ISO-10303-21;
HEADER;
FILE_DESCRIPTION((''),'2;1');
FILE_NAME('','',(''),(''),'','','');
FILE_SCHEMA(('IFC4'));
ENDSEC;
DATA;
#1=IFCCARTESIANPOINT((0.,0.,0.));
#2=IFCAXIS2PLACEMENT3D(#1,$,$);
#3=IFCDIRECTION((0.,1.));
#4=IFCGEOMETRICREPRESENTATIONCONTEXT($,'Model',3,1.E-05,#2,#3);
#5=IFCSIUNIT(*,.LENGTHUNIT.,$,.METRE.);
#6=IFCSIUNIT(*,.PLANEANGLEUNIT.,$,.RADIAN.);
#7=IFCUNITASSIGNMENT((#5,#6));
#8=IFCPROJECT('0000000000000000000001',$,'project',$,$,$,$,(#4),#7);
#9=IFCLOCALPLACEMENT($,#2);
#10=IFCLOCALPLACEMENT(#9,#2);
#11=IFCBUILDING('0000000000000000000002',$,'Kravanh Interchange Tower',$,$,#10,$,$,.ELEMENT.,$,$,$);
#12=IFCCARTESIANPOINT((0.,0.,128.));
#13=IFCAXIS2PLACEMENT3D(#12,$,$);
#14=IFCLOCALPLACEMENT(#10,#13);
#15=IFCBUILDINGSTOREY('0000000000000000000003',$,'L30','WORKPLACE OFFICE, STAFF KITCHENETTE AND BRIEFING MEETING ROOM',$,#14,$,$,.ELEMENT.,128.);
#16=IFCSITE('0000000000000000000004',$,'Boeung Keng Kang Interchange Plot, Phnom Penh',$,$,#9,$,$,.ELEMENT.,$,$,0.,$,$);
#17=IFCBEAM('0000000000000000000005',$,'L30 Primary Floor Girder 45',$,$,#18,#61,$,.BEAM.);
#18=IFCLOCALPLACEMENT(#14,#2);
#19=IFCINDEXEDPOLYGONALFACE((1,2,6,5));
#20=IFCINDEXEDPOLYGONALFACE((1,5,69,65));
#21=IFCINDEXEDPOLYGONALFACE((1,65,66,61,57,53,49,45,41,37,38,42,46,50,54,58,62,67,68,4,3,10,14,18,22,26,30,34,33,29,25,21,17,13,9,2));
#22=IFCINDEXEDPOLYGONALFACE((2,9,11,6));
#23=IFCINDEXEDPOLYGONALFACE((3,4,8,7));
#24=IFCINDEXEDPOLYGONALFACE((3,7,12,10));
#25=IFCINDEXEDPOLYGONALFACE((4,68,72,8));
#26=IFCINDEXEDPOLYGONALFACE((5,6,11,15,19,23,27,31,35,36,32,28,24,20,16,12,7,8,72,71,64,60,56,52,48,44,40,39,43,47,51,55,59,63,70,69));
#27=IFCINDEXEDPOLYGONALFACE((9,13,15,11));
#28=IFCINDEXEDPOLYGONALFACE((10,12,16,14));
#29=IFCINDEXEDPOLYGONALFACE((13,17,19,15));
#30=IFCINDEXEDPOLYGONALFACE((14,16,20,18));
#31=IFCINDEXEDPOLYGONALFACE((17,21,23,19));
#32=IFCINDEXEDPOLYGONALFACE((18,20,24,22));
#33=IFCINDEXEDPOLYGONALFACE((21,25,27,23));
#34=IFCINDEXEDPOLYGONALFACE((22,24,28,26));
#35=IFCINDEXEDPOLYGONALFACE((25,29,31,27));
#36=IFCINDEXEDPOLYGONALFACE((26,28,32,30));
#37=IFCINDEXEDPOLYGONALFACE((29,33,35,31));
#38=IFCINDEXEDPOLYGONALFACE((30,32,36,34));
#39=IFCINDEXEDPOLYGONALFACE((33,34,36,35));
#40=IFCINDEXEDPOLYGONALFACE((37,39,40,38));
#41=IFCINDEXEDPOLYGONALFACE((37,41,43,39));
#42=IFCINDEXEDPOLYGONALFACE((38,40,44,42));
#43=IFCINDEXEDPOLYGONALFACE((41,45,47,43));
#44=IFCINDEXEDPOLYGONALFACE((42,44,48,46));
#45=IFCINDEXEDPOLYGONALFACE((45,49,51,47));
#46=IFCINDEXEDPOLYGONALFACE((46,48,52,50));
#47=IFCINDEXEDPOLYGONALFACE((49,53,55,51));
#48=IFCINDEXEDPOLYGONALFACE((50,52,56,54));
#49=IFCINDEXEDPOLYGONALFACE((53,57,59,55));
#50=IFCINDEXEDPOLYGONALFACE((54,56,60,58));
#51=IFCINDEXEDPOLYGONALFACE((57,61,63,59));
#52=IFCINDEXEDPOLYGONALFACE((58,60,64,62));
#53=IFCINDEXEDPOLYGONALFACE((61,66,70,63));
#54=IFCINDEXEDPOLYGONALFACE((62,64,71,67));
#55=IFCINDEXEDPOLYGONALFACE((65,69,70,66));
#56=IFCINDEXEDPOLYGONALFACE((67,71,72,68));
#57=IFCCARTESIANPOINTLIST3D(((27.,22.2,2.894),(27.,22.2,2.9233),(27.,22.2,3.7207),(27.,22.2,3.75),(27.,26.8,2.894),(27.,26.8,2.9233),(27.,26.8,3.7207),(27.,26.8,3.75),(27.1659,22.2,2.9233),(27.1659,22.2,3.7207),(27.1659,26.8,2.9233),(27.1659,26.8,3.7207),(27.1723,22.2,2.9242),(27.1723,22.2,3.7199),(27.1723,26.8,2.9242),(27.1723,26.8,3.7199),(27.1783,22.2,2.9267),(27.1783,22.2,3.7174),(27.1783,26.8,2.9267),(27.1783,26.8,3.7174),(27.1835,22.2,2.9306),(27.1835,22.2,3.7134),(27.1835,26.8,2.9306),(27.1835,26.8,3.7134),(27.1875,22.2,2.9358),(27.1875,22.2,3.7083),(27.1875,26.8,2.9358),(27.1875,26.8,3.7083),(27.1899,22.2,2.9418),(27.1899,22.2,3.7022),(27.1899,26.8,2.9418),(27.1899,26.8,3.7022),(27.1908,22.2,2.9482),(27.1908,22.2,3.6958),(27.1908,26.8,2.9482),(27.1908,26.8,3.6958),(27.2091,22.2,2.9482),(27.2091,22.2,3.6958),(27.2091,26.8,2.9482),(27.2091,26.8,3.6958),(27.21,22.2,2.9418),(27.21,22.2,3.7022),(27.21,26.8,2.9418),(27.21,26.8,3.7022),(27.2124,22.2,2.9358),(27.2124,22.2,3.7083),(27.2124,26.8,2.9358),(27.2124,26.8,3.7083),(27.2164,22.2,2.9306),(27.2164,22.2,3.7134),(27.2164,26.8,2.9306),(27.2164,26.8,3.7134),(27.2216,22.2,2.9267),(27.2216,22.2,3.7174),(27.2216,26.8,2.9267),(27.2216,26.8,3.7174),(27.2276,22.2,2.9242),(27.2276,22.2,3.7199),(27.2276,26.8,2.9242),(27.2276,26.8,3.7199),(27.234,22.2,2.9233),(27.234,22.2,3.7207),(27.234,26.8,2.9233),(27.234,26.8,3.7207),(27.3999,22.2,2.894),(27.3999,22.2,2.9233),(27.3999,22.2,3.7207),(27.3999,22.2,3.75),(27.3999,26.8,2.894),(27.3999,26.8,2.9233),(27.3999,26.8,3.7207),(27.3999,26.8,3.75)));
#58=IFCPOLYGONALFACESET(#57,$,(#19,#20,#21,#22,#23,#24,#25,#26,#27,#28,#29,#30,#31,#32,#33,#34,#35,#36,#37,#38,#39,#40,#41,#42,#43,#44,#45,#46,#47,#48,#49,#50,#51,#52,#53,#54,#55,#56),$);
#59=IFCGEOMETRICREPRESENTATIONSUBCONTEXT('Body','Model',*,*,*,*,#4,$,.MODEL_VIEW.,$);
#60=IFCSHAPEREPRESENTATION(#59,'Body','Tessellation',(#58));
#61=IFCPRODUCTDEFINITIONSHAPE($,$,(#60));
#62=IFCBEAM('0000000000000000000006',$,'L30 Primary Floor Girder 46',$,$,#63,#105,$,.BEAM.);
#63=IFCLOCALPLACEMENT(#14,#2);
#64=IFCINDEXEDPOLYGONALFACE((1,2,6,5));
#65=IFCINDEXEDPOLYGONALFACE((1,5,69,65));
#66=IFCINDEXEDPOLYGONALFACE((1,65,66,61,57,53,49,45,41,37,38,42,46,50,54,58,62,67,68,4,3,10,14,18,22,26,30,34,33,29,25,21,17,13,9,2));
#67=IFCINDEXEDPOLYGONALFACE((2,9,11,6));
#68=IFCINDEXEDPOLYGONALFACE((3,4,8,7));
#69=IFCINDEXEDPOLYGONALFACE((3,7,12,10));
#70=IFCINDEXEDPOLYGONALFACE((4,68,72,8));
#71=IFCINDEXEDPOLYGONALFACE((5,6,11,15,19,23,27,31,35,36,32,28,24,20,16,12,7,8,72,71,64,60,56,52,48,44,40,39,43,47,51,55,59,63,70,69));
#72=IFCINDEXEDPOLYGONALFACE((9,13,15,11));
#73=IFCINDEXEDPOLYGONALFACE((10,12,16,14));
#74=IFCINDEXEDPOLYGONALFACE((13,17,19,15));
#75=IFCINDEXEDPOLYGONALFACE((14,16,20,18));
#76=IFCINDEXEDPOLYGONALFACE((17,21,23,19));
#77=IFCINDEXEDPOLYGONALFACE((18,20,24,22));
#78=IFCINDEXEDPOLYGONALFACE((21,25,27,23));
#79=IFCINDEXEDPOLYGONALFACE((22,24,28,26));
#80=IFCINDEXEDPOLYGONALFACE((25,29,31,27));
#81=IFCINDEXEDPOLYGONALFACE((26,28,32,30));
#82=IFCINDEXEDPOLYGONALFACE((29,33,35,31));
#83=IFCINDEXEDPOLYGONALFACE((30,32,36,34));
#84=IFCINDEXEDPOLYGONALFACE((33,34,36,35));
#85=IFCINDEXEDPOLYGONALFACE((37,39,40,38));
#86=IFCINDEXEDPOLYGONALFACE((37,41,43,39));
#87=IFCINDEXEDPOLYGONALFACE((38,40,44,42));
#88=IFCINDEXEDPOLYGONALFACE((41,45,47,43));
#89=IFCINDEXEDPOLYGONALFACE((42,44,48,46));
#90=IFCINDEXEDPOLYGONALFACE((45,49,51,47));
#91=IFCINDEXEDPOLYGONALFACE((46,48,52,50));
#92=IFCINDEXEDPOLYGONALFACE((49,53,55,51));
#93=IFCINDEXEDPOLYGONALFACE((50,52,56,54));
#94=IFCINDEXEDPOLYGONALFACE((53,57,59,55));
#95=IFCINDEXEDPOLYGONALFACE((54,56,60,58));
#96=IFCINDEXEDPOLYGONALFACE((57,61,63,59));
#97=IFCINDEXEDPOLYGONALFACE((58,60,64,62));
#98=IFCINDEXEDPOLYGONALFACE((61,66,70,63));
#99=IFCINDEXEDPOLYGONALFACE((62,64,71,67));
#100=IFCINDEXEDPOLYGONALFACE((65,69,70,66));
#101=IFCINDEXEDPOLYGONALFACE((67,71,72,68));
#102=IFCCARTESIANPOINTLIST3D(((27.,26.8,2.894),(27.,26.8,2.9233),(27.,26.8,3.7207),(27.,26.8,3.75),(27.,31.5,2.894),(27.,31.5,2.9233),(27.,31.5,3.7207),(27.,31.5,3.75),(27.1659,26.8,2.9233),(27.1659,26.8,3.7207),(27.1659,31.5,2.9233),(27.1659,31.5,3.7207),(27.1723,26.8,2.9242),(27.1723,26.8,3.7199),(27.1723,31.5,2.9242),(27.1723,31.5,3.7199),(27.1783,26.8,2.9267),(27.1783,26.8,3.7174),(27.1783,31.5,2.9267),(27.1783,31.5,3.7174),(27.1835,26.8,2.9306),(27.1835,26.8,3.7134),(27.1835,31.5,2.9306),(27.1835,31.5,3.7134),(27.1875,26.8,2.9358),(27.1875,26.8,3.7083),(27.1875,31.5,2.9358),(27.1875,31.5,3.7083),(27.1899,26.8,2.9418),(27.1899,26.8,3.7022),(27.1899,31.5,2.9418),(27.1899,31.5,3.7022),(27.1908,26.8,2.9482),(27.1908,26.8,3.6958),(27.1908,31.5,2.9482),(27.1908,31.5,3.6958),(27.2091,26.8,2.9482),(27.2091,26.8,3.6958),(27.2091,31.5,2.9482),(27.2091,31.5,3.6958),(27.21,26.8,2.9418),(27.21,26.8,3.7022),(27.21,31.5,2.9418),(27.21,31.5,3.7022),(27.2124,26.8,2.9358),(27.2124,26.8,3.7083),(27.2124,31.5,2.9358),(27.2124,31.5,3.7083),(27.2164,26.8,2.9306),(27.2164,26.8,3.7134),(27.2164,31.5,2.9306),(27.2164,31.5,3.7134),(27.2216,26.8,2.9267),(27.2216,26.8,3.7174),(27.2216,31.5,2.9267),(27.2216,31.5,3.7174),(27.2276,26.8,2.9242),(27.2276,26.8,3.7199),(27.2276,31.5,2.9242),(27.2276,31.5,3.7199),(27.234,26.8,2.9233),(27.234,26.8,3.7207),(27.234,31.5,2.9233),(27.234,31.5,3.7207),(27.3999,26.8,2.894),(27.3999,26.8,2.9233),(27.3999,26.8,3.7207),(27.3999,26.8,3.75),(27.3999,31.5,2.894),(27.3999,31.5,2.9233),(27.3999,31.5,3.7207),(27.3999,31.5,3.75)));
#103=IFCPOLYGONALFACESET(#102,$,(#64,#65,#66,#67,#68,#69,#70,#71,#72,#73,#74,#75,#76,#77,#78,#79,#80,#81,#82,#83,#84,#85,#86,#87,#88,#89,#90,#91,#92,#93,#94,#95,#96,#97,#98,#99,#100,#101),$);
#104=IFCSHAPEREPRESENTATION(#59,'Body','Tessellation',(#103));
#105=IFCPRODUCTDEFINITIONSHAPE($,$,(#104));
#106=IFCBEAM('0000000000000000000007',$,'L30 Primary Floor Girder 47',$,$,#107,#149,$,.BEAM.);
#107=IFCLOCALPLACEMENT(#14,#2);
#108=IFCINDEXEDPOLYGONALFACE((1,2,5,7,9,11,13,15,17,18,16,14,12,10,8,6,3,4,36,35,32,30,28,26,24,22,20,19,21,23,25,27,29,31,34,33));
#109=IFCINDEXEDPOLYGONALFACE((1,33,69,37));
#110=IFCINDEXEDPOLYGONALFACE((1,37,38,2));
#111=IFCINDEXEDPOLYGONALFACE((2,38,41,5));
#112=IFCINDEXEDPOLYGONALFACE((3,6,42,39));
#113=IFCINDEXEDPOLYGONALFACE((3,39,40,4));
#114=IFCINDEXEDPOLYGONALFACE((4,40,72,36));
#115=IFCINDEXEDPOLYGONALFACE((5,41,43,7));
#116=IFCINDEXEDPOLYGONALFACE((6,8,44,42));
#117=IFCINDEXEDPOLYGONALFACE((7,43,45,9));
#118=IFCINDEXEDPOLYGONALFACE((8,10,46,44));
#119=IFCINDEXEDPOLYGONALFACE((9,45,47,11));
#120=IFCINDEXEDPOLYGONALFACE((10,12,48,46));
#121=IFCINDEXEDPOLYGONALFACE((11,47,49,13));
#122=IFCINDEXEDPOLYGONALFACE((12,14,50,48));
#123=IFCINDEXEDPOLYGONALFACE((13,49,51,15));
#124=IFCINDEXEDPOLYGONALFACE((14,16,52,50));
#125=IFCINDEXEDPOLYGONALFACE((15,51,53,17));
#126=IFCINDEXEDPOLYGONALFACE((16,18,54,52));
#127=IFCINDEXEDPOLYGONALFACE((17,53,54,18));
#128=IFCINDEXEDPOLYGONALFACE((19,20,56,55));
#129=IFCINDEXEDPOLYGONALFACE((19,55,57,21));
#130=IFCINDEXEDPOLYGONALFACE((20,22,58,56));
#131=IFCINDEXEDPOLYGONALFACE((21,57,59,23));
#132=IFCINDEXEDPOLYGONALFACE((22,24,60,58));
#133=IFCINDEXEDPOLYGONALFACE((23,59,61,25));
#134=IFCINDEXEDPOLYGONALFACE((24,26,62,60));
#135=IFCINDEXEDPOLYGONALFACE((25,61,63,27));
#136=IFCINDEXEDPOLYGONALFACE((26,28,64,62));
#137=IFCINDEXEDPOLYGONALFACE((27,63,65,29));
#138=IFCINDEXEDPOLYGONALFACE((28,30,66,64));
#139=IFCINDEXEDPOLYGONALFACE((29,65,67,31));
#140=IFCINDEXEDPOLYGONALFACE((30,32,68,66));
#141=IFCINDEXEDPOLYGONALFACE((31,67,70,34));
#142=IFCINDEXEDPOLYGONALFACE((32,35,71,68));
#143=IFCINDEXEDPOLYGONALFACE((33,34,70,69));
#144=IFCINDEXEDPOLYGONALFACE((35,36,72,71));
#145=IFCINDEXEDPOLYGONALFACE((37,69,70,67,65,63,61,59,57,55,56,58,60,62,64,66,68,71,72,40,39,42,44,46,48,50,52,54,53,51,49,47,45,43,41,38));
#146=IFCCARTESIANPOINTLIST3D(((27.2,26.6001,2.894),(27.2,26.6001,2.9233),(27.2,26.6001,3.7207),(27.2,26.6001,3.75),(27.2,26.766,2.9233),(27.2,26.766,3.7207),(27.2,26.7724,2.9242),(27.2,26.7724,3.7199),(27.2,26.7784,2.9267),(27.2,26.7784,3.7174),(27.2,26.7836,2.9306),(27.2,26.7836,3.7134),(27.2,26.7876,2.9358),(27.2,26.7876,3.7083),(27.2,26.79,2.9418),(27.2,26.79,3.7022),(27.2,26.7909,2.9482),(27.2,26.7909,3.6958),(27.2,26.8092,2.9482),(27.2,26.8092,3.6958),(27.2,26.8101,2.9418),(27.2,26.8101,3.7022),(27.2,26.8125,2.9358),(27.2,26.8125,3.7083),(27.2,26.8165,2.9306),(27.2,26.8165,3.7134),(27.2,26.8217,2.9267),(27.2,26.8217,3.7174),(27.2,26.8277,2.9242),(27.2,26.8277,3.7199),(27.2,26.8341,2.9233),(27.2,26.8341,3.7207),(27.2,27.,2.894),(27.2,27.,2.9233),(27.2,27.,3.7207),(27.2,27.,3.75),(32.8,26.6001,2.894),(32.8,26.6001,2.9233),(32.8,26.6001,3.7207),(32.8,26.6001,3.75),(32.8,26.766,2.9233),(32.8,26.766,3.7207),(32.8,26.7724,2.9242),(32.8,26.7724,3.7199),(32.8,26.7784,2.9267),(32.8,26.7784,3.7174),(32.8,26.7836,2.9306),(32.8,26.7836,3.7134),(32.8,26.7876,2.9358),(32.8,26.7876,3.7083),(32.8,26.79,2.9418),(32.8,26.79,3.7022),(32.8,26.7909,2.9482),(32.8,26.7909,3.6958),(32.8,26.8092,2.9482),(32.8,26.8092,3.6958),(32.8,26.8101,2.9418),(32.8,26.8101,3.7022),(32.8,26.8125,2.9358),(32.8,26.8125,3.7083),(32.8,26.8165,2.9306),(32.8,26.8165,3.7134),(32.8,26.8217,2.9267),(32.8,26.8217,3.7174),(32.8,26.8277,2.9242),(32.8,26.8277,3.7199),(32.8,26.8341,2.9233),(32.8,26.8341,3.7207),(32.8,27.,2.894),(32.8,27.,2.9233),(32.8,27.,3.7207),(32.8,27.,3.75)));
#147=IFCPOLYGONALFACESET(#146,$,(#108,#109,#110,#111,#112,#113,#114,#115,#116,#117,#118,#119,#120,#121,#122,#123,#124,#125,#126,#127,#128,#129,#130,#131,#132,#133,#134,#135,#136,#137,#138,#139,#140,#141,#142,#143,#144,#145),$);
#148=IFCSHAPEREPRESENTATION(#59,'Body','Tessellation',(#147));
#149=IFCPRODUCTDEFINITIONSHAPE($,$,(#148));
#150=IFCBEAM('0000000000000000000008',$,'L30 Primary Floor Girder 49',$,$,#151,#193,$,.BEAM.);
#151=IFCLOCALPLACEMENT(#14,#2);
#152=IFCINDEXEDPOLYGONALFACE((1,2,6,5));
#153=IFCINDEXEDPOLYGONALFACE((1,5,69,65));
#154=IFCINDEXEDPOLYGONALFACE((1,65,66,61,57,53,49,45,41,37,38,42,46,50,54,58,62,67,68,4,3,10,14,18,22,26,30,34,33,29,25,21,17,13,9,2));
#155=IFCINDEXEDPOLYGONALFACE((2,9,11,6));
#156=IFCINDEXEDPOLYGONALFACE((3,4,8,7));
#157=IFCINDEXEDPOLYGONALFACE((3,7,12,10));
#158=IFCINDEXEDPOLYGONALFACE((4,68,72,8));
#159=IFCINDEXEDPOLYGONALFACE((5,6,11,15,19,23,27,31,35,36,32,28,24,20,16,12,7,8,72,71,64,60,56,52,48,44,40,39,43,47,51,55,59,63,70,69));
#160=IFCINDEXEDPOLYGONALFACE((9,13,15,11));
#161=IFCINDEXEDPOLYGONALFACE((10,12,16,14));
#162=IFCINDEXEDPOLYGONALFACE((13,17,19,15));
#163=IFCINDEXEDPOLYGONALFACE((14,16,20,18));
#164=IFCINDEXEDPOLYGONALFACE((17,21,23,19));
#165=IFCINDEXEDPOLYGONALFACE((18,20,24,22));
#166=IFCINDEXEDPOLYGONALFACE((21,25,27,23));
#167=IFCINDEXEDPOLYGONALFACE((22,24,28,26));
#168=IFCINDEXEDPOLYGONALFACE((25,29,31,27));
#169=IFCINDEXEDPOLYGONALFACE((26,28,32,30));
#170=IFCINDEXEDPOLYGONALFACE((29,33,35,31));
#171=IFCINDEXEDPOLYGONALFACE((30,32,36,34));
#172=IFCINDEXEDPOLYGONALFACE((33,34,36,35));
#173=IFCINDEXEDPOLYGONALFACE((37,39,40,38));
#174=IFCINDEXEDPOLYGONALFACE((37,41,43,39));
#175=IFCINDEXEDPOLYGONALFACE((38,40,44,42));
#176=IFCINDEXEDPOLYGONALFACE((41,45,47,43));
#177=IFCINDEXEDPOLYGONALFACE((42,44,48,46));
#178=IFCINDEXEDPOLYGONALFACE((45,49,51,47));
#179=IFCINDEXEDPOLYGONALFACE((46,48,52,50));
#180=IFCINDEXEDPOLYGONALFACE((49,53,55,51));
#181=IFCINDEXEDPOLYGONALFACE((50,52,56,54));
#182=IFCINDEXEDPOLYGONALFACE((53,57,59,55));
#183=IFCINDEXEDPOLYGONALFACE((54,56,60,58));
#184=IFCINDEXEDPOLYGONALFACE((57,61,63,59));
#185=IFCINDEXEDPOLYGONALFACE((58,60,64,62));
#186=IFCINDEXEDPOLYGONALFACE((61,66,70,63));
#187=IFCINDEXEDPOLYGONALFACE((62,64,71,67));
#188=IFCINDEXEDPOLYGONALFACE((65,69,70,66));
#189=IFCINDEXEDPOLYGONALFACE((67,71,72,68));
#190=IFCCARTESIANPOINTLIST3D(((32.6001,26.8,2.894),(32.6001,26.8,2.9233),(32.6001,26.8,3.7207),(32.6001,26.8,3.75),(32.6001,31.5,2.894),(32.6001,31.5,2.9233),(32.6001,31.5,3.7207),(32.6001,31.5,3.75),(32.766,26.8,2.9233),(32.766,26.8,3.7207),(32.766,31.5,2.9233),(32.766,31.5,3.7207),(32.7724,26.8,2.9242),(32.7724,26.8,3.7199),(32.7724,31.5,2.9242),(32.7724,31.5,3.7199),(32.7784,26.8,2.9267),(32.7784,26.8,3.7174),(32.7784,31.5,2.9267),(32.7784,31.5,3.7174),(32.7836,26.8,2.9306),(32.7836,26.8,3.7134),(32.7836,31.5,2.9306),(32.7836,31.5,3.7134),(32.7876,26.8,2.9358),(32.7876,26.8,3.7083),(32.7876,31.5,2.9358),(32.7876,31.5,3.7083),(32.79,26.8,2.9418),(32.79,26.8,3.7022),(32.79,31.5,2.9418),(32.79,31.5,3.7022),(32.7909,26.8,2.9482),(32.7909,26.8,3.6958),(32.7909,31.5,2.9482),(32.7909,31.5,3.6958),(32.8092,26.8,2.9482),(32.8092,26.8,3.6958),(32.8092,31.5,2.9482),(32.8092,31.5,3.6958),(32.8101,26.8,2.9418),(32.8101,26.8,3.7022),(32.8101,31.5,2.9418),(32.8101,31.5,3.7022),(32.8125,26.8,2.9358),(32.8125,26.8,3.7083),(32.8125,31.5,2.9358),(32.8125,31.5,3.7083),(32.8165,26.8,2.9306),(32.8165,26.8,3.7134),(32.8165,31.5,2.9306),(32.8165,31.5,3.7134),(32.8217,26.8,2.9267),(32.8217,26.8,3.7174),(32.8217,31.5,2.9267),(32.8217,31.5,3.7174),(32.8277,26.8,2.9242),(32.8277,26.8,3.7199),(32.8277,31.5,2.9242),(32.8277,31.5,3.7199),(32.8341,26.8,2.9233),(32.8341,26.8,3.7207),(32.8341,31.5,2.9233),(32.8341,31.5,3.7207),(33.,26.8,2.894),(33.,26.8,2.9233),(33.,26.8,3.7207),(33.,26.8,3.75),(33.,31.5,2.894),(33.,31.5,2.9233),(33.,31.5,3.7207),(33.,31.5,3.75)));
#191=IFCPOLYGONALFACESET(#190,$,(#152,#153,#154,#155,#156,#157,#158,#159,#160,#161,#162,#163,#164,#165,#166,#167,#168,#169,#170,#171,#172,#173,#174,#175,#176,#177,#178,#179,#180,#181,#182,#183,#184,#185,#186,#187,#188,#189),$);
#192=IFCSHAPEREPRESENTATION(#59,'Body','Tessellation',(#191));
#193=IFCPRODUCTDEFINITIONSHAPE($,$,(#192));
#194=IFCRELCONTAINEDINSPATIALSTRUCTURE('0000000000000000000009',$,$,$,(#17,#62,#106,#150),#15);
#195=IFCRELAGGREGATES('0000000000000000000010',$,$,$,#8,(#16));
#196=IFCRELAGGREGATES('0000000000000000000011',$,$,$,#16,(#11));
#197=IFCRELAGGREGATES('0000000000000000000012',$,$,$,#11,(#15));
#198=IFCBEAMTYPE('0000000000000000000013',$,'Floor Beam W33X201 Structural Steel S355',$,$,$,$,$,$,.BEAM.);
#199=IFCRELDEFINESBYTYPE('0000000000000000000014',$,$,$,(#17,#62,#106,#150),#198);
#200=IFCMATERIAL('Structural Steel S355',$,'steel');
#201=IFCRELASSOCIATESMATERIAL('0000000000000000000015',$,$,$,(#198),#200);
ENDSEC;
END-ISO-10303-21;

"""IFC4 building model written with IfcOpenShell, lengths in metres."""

from ifc_helpers import new_model, si_unit, direction, frame, origin, origin_2d, place, context, subcontext, project, spatial, i_section, extrude, material, material_profile, profile_set, type_object, element, save


model = new_model("IFC4")

# Units and contexts
model_context = context("Model", 3, precision=1e-05, world=origin(), true_north=direction((0.0, 1.0)))
body_context = subcontext(model_context, "Body", "Model", "MODEL_VIEW")
ifc_project = project(units=[si_unit("LENGTHUNIT", "METRE"), si_unit("PLANEANGLEUNIT", "RADIAN")], contexts=[model_context])

# Site, building, storey
site_placement = place(None, origin())
site = spatial("IfcSite", under=ifc_project, at=site_placement, Name="Boeung Keng Kang Interchange Plot, Phnom Penh", CompositionType="ELEMENT", RefElevation=0.0)
building_placement = place(site_placement, origin())
building = spatial("IfcBuilding", under=site, at=building_placement, Name="Kravanh Interchange Tower", CompositionType="ELEMENT")
storey_placement = place(building_placement, frame((0.0, 0.0, 128.0)))
storey = spatial("IfcBuildingStorey", under=building, at=storey_placement, Name="L30", Description="WORKPLACE OFFICE, STAFF KITCHENETTE AND BRIEFING MEETING ROOM", CompositionType="ELEMENT", Elevation=128.0)

# Beams
ifc_material_1 = material(Name="Structural Steel S355", Category="steel")
ifc_material_profile_1 = material_profile(ifc_material_1, i_section(OverallWidth=0.3999, OverallDepth=0.856, WebThickness=0.0183, FlangeThickness=0.0293, FilletRadius=0.0249, at=origin_2d()), Name="W33X201")
ifc_profile_set_1 = profile_set([ifc_material_profile_1], Name="Structural Steel S355")
beam_type_1 = type_object("IfcBeamType", Name="Floor Beam W33X201 Structural Steel S355", PredefinedType="BEAM", material=ifc_profile_set_1)
beam_1_placement = place(storey_placement, frame((27.2, 26.8, 3.322), z_axis=(0.0, -1.0, 0.0), x_axis=(1.0, 0.0, 0.0)))
element("IfcBeam", 1, at=beam_1_placement, inside=storey, type_object=beam_type_1, Name="L30 Primary Floor Girder 45", PredefinedType="BEAM", context=body_context, shape_type="SweptSolid", body=[
    extrude(i_section(OverallWidth=0.3999, OverallDepth=0.856, WebThickness=0.0183, FlangeThickness=0.0293, FilletRadius=0.0249, at=origin_2d()), origin(), (0.0, 0.0, 1.0), 4.6001),
])
beam_2_placement = place(storey_placement, frame((27.2, 26.8, 3.322), z_axis=(0.0, 1.0, 0.0), x_axis=(-1.0, 0.0, 0.0)))
element("IfcBeam", 2, at=beam_2_placement, inside=storey, type_object=beam_type_1, Name="L30 Primary Floor Girder 46", PredefinedType="BEAM", context=body_context, shape_type="SweptSolid", body=[
    extrude(i_section(OverallWidth=0.3999, OverallDepth=0.856, WebThickness=0.0183, FlangeThickness=0.0293, FilletRadius=0.0249, at=origin_2d()), origin(), (0.0, 0.0, 1.0), 4.7),
])
beam_3_placement = place(storey_placement, frame((27.2, 26.8, 3.322), z_axis=(1.0, 0.0, 0.0), x_axis=(0.0, 1.0, 0.0)))
element("IfcBeam", 3, at=beam_3_placement, inside=storey, type_object=beam_type_1, Name="L30 Primary Floor Girder 47", PredefinedType="BEAM", context=body_context, shape_type="SweptSolid", body=[
    extrude(i_section(OverallWidth=0.3999, OverallDepth=0.856, WebThickness=0.0183, FlangeThickness=0.0293, FilletRadius=0.0249, at=origin_2d()), origin(), (0.0, 0.0, 1.0), 5.6001),
])
beam_4_placement = place(storey_placement, frame((32.8, 26.8, 3.322), z_axis=(0.0, 1.0, 0.0), x_axis=(-1.0, 0.0, 0.0)))
element("IfcBeam", 4, at=beam_4_placement, inside=storey, type_object=beam_type_1, Name="L30 Primary Floor Girder 49", PredefinedType="BEAM", context=body_context, shape_type="SweptSolid", body=[
    extrude(i_section(OverallWidth=0.3999, OverallDepth=0.856, WebThickness=0.0183, FlangeThickness=0.0293, FilletRadius=0.0249, at=origin_2d()), origin(), (0.0, 0.0, 1.0), 4.7),
])

save(model, "model.ifc")
